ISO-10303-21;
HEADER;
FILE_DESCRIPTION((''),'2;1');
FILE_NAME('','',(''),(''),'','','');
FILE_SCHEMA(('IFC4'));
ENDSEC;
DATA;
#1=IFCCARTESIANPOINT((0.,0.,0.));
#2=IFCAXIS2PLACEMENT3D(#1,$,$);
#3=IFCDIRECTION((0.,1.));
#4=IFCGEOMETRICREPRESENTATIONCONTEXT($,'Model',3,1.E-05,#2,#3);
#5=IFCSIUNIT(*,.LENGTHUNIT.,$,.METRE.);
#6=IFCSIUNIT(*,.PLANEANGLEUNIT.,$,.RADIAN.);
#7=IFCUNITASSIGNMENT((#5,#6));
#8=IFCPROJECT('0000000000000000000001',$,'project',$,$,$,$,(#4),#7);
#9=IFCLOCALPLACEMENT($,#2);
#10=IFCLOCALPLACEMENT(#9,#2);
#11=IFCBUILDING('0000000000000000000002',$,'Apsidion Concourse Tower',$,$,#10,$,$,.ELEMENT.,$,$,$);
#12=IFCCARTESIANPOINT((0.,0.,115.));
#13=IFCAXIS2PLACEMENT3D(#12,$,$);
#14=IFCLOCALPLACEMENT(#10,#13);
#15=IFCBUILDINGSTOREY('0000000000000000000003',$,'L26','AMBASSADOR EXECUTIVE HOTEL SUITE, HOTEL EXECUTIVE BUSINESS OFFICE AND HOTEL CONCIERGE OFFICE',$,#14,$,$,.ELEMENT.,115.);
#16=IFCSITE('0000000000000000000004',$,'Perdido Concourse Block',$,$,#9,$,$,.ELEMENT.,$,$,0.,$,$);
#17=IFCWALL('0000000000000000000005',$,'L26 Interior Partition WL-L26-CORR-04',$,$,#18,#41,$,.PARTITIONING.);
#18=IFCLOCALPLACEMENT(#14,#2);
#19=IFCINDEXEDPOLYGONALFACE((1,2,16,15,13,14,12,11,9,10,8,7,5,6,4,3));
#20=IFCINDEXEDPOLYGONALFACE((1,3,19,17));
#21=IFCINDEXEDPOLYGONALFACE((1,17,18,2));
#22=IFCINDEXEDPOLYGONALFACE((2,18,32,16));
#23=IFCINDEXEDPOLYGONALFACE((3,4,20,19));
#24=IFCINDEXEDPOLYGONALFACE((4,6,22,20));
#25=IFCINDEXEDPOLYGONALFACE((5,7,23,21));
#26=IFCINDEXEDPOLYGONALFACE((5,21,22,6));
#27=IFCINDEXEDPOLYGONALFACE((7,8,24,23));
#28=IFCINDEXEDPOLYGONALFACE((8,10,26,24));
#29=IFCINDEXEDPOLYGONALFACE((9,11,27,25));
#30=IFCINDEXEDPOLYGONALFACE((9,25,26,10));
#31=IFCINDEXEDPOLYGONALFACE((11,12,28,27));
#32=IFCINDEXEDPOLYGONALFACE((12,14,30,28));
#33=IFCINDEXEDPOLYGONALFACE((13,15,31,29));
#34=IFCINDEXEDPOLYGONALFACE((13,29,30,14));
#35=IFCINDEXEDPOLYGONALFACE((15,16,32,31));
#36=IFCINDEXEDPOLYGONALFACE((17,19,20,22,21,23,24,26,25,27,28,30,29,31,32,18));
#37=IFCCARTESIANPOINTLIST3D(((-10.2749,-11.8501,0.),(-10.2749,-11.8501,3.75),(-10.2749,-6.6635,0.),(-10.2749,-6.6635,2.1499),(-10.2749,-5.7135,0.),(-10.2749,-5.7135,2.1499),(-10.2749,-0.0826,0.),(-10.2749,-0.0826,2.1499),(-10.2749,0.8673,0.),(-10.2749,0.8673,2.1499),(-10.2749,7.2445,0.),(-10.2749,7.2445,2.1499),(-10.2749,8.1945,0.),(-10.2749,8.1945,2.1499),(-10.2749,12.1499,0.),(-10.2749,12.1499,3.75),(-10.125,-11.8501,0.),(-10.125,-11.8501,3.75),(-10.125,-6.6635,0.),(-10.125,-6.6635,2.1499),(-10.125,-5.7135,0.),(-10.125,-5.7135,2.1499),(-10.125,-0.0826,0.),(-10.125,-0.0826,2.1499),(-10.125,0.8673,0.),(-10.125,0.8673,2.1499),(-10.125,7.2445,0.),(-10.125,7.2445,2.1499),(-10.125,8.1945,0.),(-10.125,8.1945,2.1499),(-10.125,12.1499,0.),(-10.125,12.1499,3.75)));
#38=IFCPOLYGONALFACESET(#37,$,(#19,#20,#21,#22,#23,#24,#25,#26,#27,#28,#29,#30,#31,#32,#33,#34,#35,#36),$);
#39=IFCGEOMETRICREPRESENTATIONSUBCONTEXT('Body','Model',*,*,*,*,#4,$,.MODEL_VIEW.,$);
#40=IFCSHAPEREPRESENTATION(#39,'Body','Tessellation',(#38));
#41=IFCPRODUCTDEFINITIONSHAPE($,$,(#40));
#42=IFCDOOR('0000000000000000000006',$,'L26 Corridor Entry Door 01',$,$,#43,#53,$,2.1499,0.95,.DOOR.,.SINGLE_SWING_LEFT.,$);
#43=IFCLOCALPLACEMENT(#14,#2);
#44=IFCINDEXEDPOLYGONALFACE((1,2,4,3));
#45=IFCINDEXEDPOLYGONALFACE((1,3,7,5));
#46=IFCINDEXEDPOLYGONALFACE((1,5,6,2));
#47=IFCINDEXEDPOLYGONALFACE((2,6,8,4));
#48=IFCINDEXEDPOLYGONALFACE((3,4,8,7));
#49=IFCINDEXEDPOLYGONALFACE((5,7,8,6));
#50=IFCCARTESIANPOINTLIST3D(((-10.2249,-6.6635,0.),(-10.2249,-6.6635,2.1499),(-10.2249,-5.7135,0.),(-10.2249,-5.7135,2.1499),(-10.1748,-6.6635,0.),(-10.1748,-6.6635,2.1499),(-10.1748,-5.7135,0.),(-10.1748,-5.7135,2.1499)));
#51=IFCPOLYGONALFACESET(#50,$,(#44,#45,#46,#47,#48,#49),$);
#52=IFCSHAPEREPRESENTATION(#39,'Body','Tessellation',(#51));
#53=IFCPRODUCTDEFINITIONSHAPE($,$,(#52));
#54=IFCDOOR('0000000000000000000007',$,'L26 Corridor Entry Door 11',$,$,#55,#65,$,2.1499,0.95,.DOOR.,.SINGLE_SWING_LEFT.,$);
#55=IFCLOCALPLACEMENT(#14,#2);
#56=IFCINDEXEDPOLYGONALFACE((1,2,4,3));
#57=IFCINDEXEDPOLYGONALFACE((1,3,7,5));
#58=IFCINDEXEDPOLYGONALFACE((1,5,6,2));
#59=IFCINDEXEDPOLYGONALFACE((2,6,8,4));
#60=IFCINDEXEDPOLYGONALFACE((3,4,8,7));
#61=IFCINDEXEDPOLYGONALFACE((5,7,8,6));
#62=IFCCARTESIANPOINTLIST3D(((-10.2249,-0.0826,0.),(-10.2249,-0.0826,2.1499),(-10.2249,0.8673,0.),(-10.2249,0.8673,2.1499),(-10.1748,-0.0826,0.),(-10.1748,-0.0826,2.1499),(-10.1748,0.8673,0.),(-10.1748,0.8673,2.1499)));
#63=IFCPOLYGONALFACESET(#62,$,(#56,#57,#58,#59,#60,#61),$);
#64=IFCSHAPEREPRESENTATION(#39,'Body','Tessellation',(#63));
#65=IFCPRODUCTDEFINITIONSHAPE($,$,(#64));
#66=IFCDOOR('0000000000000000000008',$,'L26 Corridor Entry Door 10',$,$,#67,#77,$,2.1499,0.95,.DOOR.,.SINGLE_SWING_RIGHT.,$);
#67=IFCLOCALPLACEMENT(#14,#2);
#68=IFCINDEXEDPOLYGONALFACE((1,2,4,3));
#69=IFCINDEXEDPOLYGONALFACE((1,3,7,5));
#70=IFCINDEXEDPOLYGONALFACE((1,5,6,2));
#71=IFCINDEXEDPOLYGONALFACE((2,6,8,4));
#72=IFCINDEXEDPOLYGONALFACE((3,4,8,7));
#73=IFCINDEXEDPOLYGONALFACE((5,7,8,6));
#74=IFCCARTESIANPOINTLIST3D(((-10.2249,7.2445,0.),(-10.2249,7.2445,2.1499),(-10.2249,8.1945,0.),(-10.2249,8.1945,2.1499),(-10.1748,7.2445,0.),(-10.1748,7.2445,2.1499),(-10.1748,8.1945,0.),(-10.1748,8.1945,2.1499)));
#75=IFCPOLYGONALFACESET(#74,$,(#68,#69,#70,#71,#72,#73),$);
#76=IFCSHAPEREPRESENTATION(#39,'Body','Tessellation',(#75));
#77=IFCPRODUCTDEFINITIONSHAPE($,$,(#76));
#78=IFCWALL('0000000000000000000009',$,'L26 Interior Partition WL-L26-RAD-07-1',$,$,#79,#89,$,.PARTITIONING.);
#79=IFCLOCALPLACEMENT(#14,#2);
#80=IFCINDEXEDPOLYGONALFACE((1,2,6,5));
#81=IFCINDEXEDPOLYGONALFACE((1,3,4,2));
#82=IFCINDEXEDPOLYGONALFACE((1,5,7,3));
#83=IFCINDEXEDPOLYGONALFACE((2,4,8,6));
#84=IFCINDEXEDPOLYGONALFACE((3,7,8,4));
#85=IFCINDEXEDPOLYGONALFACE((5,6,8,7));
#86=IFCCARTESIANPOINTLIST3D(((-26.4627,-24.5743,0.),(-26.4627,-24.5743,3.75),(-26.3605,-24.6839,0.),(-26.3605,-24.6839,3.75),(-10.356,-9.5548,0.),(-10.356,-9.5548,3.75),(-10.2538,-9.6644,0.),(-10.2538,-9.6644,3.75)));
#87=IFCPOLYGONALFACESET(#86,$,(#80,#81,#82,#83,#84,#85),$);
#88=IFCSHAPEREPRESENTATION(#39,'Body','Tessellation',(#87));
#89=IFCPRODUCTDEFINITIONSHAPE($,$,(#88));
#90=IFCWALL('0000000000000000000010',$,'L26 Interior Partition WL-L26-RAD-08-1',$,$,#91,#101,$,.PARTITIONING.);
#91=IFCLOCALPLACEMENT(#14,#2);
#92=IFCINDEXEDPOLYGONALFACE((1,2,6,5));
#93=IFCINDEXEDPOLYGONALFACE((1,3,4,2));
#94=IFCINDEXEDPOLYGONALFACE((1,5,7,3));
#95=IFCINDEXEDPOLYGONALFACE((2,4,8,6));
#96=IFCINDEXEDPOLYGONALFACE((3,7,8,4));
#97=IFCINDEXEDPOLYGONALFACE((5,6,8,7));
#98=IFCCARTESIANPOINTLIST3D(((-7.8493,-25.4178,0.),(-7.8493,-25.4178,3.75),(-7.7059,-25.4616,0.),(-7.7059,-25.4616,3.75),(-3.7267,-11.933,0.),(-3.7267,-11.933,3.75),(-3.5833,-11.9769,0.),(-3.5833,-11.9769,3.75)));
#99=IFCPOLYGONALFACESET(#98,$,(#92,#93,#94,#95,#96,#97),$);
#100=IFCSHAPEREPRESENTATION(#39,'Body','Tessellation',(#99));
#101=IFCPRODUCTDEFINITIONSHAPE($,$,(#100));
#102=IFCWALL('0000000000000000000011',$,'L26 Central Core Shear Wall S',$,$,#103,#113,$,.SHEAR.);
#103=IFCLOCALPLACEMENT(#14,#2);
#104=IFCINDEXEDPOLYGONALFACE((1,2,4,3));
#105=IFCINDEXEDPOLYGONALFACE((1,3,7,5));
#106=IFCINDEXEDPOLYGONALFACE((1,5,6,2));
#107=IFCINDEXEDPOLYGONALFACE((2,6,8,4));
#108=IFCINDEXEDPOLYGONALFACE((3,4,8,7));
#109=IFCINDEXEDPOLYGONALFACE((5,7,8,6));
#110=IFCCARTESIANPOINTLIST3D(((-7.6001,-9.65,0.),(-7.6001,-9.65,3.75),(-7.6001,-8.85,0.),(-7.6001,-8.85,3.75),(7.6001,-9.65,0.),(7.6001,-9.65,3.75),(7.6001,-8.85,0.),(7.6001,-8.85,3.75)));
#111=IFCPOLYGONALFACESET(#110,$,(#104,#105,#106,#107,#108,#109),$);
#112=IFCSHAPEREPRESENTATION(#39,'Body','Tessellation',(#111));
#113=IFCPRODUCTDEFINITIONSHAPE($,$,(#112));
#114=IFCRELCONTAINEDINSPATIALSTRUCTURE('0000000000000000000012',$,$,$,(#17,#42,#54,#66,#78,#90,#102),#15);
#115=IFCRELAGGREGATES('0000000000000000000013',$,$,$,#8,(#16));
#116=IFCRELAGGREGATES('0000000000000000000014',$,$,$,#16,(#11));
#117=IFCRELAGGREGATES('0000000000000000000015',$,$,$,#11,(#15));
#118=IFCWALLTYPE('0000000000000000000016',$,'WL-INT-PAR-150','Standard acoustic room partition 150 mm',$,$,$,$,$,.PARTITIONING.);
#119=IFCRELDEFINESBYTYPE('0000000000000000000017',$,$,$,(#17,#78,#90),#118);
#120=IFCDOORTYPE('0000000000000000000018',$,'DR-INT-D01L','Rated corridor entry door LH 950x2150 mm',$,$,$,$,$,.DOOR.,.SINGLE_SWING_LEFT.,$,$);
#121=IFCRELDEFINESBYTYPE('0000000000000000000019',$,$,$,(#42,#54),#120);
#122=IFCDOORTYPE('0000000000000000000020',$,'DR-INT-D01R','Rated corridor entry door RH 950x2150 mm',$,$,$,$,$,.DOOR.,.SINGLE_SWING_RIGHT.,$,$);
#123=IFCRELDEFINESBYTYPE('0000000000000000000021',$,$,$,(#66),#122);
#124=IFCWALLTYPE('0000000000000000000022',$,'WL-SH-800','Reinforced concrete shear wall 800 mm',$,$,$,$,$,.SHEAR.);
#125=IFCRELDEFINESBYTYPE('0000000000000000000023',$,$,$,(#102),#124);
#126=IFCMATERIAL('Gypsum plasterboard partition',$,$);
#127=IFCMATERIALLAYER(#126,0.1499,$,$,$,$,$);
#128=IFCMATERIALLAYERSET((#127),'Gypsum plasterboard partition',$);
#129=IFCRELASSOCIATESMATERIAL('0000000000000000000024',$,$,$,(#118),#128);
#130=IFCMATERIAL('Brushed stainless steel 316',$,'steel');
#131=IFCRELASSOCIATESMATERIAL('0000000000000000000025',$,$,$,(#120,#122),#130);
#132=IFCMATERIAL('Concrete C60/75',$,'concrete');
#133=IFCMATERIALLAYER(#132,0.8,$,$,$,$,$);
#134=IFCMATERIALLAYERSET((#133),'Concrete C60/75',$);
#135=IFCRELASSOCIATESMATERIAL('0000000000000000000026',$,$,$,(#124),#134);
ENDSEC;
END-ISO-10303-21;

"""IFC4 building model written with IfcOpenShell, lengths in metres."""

from ifc_helpers import new_model, si_unit, direction, frame, frame_2d, origin, place, context, subcontext, project, spatial, rectangle, extrude, material, layer, layer_set, type_object, element, fill, save


model = new_model("IFC4")

# Units and contexts
model_context = context("Model", 3, precision=1e-05, world=origin(), true_north=direction((0.0, 1.0)))
body_context = subcontext(model_context, "Body", "Model", "MODEL_VIEW")
ifc_project = project(units=[si_unit("LENGTHUNIT", "METRE"), si_unit("PLANEANGLEUNIT", "RADIAN")], contexts=[model_context])

# Site, building, storey
site_placement = place(None, origin())
site = spatial("IfcSite", under=ifc_project, at=site_placement, Name="Perdido Concourse Block", CompositionType="ELEMENT", RefElevation=0.0)
building_placement = place(site_placement, origin())
building = spatial("IfcBuilding", under=site, at=building_placement, Name="Apsidion Concourse Tower", CompositionType="ELEMENT")
storey_placement = place(building_placement, frame((0.0, 0.0, 115.0)))
storey = spatial("IfcBuildingStorey", under=building, at=storey_placement, Name="L26", Description="AMBASSADOR EXECUTIVE HOTEL SUITE, HOTEL EXECUTIVE BUSINESS OFFICE AND HOTEL CONCIERGE OFFICE", CompositionType="ELEMENT", Elevation=115.0)

# Shared definitions
ifc_material_1 = material(Name="Concrete C60/75", Category="concrete")

# Shared definitions
ifc_material_2 = material(Name="Gypsum plasterboard partition")

# Shared definitions
ifc_layer_1 = layer(ifc_material_2, 0.1499)
ifc_layer_set_1 = layer_set([ifc_layer_1], Name="Gypsum plasterboard partition")
wall_type_1 = type_object("IfcWallType", Name="WL-INT-PAR-150", Description="Standard acoustic room partition 150 mm", PredefinedType="PARTITIONING", material=ifc_layer_set_1)

# Wall, openings, doors
wall_1_placement = place(storey_placement, frame((-10.2, -11.8501, 0.0), z_axis=(0.0, 0.0, 1.0), x_axis=(0.0, 1.0, 0.0)))
wall_1 = element("IfcWall", 1, at=wall_1_placement, inside=storey, type_object=wall_type_1, Name="L26 Interior Partition WL-L26-CORR-04", PredefinedType="PARTITIONING", context=body_context, shape_type="SweptSolid", body=[
    extrude(rectangle(XDim=24.0, YDim=0.1499, at=frame_2d((12.0, 0.0))), origin(), (0.0, 0.0, 1.0), 3.75),
])
opening_1_placement = place(wall_1_placement, frame((5.1865, 0.0, 0.0)))
opening_1 = element("IfcOpeningElement", 2, at=opening_1_placement, cuts=wall_1, PredefinedType="OPENING", context=body_context, shape_type="SweptSolid", body=[
    extrude(rectangle(XDim=0.95, YDim=2.1499, at=frame_2d((0.4751, 1.075))), frame((0.0, 0.085, 0.0), z_axis=(0.0, -1.0, 0.0), x_axis=(1.0, 0.0, 0.0)), (0.0, 0.0, 1.0), 0.1699),
])
opening_2_placement = place(wall_1_placement, frame((19.0945, 0.0, 0.0)))
opening_2 = element("IfcOpeningElement", 3, at=opening_2_placement, cuts=wall_1, PredefinedType="OPENING", context=body_context, shape_type="SweptSolid", body=[
    extrude(rectangle(XDim=0.95, YDim=2.1499, at=frame_2d((0.4751, 1.075))), frame((0.0, 0.085, 0.0), z_axis=(0.0, -1.0, 0.0), x_axis=(1.0, 0.0, 0.0)), (0.0, 0.0, 1.0), 0.1699),
])
opening_3_placement = place(wall_1_placement, frame((11.7673, 0.0, 0.0)))
opening_3 = element("IfcOpeningElement", 4, at=opening_3_placement, cuts=wall_1, PredefinedType="OPENING", context=body_context, shape_type="SweptSolid", body=[
    extrude(rectangle(XDim=0.95, YDim=2.1499, at=frame_2d((0.4751, 1.075))), frame((0.0, 0.085, 0.0), z_axis=(0.0, -1.0, 0.0), x_axis=(1.0, 0.0, 0.0)), (0.0, 0.0, 1.0), 0.1699),
])
ifc_material_3 = material(Name="Brushed stainless steel 316", Category="steel")
door_type_1 = type_object("IfcDoorType", Name="DR-INT-D01L", Description="Rated corridor entry door LH 950x2150 mm", OperationType="SINGLE_SWING_LEFT", PredefinedType="DOOR", material=ifc_material_3)
door_1_placement = place(opening_1_placement, origin())
door_1 = element("IfcDoor", 5, at=door_1_placement, inside=storey, type_object=door_type_1, Name="L26 Corridor Entry Door 01", OperationType="SINGLE_SWING_LEFT", OverallHeight=2.1499, OverallWidth=0.95, PredefinedType="DOOR", context=body_context, shape_type="SweptSolid", body=[
    extrude(rectangle(XDim=0.95, YDim=2.1499, at=frame_2d((0.4751, 1.075))), frame((0.0, 0.0249, 0.0), z_axis=(0.0, -1.0, 0.0), x_axis=(1.0, 0.0, 0.0)), (0.0, 0.0, 1.0), 0.05),
])
fill(opening_1, door_1)
door_2_placement = place(opening_3_placement, origin())
door_2 = element("IfcDoor", 6, at=door_2_placement, inside=storey, type_object=door_type_1, Name="L26 Corridor Entry Door 11", OperationType="SINGLE_SWING_LEFT", OverallHeight=2.1499, OverallWidth=0.95, PredefinedType="DOOR", context=body_context, shape_type="SweptSolid", body=[
    extrude(rectangle(XDim=0.95, YDim=2.1499, at=frame_2d((0.4751, 1.075))), frame((0.0, 0.0249, 0.0), z_axis=(0.0, -1.0, 0.0), x_axis=(1.0, 0.0, 0.0)), (0.0, 0.0, 1.0), 0.05),
])
fill(opening_3, door_2)
door_type_2 = type_object("IfcDoorType", Name="DR-INT-D01R", Description="Rated corridor entry door RH 950x2150 mm", OperationType="SINGLE_SWING_RIGHT", PredefinedType="DOOR", material=ifc_material_3)
door_3_placement = place(opening_2_placement, origin())
door_3 = element("IfcDoor", 7, at=door_3_placement, inside=storey, type_object=door_type_2, Name="L26 Corridor Entry Door 10", OperationType="SINGLE_SWING_RIGHT", OverallHeight=2.1499, OverallWidth=0.95, PredefinedType="DOOR", context=body_context, shape_type="SweptSolid", body=[
    extrude(rectangle(XDim=0.95, YDim=2.1499, at=frame_2d((0.4751, 1.075))), frame((0.0, 0.0249, 0.0), z_axis=(0.0, -1.0, 0.0), x_axis=(1.0, 0.0, 0.0)), (0.0, 0.0, 1.0), 0.05),
])
fill(opening_2, door_3)

# Walls
wall_2_placement = place(storey_placement, frame((-10.3049, -9.6096, 0.0), z_axis=(0.0, 0.0, 1.0), x_axis=(-0.731358, -0.681994, 0.0)))
element("IfcWall", 8, at=wall_2_placement, inside=storey, type_object=wall_type_1, Name="L26 Interior Partition WL-L26-RAD-07-1", PredefinedType="PARTITIONING", context=body_context, shape_type="SweptSolid", body=[
    extrude(rectangle(XDim=22.0229, YDim=0.1499, at=frame_2d((11.0115, 0.0))), origin(), (0.0, 0.0, 1.0), 3.75),
])
wall_3_placement = place(storey_placement, frame((-3.655, -11.9551, 0.0), z_axis=(0.0, 0.0, 1.0), x_axis=(-0.292365, -0.956307, 0.0)))
element("IfcWall", 9, at=wall_3_placement, inside=storey, type_object=wall_type_1, Name="L26 Interior Partition WL-L26-RAD-08-1", PredefinedType="PARTITIONING", context=body_context, shape_type="SweptSolid", body=[
    extrude(rectangle(XDim=14.1008, YDim=0.1499, at=frame_2d((7.0503, 0.0))), origin(), (0.0, 0.0, 1.0), 3.75),
])

# Shared definitions
ifc_layer_2 = layer(ifc_material_1, 0.8)
ifc_layer_set_2 = layer_set([ifc_layer_2], Name="Concrete C60/75")
wall_type_2 = type_object("IfcWallType", Name="WL-SH-800", Description="Reinforced concrete shear wall 800 mm", PredefinedType="SHEAR", material=ifc_layer_set_2)

# Wall
wall_4_placement = place(storey_placement, frame((-7.6001, -9.25, 0.0), z_axis=(0.0, 0.0, 1.0), x_axis=(1.0, 0.0, 0.0)))
element("IfcWall", 10, at=wall_4_placement, inside=storey, type_object=wall_type_2, Name="L26 Central Core Shear Wall S", PredefinedType="SHEAR", context=body_context, shape_type="SweptSolid", body=[
    extrude(rectangle(XDim=15.2002, YDim=0.8, at=frame_2d((7.6001, 0.0))), origin(), (0.0, 0.0, 1.0), 3.75),
])

save(model, "model.ifc")
